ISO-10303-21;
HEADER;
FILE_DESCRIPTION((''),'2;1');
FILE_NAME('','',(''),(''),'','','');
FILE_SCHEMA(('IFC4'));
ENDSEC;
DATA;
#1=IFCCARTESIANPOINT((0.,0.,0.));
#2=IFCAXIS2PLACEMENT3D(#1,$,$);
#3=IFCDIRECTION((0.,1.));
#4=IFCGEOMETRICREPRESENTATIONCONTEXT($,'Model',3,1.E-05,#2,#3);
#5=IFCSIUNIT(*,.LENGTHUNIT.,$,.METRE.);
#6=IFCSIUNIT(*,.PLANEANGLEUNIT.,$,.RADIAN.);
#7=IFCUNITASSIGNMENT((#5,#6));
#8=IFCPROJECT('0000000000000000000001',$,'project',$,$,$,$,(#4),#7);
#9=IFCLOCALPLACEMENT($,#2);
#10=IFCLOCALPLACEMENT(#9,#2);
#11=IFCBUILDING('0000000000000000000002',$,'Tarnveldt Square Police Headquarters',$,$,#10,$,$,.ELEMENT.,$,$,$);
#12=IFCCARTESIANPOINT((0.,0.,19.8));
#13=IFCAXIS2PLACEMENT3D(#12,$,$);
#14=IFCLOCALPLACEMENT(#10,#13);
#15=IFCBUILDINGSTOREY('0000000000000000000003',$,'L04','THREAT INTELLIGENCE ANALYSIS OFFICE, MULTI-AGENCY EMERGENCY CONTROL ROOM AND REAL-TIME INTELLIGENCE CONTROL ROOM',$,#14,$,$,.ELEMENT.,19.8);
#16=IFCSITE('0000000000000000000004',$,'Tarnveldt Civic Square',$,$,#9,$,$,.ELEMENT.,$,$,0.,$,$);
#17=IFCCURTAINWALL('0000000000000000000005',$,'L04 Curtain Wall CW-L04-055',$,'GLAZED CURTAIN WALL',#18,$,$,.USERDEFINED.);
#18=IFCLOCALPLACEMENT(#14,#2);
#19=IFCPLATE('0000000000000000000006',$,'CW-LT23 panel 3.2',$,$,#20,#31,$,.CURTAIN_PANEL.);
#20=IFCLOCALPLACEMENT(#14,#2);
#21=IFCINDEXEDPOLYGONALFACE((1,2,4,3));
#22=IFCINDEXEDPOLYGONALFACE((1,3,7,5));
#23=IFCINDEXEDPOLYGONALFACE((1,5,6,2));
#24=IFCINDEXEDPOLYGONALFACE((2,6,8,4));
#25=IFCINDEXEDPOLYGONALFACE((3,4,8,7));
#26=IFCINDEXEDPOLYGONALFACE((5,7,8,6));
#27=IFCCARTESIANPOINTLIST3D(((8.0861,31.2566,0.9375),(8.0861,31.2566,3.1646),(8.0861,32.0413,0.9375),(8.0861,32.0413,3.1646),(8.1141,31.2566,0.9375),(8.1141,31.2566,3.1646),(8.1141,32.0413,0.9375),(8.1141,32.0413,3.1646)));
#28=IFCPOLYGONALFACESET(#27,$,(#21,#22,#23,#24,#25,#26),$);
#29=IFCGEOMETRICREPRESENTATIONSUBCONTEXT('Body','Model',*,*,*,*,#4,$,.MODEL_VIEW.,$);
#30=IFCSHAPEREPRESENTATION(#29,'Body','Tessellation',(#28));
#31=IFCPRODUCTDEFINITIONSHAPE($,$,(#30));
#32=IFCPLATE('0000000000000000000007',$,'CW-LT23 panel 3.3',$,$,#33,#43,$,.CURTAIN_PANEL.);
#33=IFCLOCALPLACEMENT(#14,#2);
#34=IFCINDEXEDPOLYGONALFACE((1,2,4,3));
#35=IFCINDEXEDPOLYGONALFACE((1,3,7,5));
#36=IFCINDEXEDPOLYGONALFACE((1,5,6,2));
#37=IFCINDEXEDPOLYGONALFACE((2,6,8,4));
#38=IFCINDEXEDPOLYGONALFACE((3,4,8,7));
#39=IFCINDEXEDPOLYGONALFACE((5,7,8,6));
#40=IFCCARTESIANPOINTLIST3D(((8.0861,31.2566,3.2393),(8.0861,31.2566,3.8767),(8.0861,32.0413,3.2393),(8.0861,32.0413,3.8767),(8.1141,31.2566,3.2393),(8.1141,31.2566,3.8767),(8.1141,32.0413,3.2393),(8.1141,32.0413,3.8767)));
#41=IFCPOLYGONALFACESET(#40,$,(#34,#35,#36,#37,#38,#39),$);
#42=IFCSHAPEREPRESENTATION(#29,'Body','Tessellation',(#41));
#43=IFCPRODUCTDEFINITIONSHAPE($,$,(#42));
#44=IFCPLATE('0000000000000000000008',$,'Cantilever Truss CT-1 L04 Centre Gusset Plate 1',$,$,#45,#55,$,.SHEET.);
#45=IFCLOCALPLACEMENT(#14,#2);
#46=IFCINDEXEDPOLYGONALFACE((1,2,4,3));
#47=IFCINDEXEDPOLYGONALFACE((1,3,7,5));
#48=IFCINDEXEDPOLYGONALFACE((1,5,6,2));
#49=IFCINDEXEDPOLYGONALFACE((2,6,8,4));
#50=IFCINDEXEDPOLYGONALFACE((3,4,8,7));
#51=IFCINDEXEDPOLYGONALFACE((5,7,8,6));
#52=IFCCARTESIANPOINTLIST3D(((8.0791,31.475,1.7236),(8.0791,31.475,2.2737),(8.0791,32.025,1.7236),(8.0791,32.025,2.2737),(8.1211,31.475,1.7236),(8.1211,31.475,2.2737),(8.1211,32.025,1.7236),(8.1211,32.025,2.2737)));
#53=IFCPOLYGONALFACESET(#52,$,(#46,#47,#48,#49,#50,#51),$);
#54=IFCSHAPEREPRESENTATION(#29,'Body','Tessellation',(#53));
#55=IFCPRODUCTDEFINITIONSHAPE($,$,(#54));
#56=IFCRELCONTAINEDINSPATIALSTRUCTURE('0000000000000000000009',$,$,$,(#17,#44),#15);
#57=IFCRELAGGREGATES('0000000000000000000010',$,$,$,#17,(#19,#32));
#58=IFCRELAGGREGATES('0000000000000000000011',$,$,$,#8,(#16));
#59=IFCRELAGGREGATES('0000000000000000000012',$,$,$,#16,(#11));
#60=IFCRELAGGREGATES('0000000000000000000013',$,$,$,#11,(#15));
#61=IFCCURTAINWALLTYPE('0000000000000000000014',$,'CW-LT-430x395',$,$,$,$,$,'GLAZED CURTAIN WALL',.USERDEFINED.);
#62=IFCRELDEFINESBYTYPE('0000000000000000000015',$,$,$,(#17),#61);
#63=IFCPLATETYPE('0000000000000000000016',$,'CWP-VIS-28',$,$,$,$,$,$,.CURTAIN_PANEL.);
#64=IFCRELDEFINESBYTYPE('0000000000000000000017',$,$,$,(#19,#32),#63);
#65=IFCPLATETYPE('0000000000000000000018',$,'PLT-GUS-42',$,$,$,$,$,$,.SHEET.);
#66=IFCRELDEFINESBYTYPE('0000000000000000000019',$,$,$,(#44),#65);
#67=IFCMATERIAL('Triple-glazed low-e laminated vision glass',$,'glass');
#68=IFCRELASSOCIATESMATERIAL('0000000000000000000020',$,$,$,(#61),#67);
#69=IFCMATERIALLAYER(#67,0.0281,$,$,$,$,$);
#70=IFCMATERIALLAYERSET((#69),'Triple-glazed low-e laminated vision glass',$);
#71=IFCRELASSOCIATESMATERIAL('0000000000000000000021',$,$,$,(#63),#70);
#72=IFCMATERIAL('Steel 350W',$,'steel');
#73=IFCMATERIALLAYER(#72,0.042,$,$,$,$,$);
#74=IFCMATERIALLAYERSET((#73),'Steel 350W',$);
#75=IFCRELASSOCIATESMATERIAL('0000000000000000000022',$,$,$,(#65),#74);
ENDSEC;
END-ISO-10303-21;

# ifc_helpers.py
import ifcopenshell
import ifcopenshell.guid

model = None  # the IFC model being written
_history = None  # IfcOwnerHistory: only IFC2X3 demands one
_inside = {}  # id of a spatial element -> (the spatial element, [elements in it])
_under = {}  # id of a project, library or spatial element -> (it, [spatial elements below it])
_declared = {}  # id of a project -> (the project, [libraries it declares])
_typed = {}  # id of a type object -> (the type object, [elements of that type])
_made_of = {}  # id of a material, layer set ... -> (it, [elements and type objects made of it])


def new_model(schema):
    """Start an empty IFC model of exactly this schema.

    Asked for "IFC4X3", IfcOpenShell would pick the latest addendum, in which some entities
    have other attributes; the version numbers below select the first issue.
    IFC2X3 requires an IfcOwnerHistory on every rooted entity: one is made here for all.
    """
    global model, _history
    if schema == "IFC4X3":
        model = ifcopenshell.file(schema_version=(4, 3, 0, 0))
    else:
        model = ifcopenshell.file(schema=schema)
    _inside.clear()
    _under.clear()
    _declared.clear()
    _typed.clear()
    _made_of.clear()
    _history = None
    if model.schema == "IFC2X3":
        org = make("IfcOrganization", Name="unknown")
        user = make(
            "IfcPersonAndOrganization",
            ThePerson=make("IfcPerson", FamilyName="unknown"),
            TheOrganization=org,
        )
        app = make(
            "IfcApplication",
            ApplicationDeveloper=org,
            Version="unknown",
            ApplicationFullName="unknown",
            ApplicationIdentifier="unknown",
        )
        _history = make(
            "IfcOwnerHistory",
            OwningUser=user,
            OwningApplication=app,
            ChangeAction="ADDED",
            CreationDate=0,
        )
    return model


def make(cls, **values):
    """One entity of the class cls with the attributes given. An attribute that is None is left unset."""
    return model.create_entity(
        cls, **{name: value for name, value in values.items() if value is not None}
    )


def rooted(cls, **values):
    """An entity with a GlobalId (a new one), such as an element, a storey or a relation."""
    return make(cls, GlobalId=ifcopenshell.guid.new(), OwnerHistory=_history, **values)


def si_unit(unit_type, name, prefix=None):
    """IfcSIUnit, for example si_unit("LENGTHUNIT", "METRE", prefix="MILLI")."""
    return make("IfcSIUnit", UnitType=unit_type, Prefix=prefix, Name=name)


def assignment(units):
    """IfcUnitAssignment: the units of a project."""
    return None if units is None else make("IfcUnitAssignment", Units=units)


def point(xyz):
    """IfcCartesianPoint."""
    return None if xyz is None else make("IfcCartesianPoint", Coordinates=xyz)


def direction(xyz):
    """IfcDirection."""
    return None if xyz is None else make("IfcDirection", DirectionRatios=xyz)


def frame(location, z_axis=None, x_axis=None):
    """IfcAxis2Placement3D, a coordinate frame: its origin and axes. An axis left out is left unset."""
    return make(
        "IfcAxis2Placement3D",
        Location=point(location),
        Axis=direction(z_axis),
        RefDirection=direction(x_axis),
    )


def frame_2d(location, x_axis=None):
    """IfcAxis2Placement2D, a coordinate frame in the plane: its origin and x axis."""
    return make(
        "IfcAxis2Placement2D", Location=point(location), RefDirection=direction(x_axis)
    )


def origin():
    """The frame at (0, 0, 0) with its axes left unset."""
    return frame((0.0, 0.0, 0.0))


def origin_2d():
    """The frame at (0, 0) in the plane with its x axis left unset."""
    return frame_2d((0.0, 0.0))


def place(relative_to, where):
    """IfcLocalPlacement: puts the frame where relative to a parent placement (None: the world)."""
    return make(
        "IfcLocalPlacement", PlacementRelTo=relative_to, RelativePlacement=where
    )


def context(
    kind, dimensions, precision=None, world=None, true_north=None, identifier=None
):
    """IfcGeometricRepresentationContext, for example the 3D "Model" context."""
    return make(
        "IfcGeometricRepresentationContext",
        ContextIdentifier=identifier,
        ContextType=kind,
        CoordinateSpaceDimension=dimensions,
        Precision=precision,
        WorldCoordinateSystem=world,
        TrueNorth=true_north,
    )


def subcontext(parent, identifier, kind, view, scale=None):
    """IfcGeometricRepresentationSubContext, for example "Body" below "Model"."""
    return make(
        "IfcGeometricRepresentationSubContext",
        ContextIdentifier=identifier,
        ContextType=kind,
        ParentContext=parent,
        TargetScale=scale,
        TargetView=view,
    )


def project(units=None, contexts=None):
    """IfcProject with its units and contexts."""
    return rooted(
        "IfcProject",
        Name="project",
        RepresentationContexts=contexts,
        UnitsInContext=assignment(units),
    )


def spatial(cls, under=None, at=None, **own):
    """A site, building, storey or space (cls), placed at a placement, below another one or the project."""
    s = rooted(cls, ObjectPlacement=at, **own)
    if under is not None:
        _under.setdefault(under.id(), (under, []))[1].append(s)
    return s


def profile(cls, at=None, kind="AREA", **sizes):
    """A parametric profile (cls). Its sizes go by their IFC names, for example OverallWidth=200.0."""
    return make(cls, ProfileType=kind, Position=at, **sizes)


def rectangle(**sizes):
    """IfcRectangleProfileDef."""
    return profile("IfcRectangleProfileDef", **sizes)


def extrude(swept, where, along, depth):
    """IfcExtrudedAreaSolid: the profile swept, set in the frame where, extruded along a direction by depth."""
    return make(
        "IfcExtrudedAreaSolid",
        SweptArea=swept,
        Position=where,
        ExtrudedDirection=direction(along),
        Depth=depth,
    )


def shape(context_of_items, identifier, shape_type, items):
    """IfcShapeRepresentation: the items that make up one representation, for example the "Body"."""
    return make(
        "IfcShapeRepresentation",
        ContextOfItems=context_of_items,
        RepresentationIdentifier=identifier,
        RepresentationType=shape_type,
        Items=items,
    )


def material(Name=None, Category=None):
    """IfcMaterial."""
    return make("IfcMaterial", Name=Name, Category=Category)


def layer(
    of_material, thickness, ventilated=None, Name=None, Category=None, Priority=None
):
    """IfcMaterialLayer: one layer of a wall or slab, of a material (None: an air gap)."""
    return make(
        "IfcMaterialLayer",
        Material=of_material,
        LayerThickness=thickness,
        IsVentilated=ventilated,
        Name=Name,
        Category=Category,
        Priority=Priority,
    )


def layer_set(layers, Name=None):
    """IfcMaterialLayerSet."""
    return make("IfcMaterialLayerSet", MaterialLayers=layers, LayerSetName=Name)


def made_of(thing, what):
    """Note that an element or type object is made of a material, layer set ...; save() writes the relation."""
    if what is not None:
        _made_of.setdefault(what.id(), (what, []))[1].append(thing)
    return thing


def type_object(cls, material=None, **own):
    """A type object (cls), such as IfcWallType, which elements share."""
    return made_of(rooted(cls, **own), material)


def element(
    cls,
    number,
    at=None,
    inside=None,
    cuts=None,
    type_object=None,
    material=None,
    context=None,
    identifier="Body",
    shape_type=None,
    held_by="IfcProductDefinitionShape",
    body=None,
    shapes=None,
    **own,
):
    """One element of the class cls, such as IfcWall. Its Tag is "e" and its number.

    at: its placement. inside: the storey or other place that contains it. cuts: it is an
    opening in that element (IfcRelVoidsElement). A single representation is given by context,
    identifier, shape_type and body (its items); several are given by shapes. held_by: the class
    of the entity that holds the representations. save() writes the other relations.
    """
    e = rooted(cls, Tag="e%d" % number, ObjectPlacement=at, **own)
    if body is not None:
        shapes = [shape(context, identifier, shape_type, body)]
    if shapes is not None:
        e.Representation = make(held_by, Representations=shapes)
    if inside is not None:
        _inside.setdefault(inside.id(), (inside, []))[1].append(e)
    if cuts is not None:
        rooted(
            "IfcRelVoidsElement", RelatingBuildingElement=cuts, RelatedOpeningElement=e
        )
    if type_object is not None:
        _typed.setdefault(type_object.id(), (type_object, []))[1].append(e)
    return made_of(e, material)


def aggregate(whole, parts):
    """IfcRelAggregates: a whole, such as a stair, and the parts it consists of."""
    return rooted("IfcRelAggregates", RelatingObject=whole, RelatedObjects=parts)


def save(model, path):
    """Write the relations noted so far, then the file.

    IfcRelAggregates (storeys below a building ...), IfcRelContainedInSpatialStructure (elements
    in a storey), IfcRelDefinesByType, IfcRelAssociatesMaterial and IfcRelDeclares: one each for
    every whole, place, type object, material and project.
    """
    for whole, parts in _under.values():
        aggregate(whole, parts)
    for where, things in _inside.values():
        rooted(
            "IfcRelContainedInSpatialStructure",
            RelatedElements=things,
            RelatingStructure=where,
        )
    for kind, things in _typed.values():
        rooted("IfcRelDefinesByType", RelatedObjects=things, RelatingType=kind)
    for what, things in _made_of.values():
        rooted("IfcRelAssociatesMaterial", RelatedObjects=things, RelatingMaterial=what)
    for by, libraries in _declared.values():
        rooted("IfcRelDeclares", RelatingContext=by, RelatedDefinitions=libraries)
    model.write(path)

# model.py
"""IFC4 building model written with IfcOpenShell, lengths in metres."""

from ifc_helpers import new_model, si_unit, direction, frame, origin, origin_2d, place, context, subcontext, project, spatial, rectangle, extrude, material, layer, layer_set, type_object, element, aggregate, save


model = new_model("IFC4")

# Units and contexts
model_context = context("Model", 3, precision=1e-05, world=origin(), true_north=direction((0.0, 1.0)))
body_context = subcontext(model_context, "Body", "Model", "MODEL_VIEW")
ifc_project = project(units=[si_unit("LENGTHUNIT", "METRE"), si_unit("PLANEANGLEUNIT", "RADIAN")], contexts=[model_context])

# Site, building, storey
site_placement = place(None, origin())
site = spatial("IfcSite", under=ifc_project, at=site_placement, Name="Tarnveldt Civic Square", CompositionType="ELEMENT", RefElevation=0.0)
building_placement = place(site_placement, origin())
building = spatial("IfcBuilding", under=site, at=building_placement, Name="Tarnveldt Square Police Headquarters", CompositionType="ELEMENT")
storey_placement = place(building_placement, frame((0.0, 0.0, 19.8)))
storey = spatial("IfcBuildingStorey", under=building, at=storey_placement, Name="L04", Description="THREAT INTELLIGENCE ANALYSIS OFFICE, MULTI-AGENCY EMERGENCY CONTROL ROOM AND REAL-TIME INTELLIGENCE CONTROL ROOM", CompositionType="ELEMENT", Elevation=19.8)

# Shared definitions
ifc_material_1 = material(Name="Steel 350W", Category="steel")

# Shared definitions
ifc_material_2 = material(Name="Triple-glazed low-e laminated vision glass", Category="glass")

# Curtain wall
curtain_wall_type_1 = type_object("IfcCurtainWallType", Name="CW-LT-430x395", ElementType="GLAZED CURTAIN WALL", PredefinedType="USERDEFINED", material=ifc_material_2)
curtain_wall_1_placement = place(storey_placement, origin())
curtain_wall_1 = element("IfcCurtainWall", 1, at=curtain_wall_1_placement, inside=storey, type_object=curtain_wall_type_1, Name="L04 Curtain Wall CW-L04-055", ObjectType="GLAZED CURTAIN WALL", PredefinedType="USERDEFINED")

# Plates
ifc_layer_1 = layer(ifc_material_2, 0.0281)
ifc_layer_set_1 = layer_set([ifc_layer_1], Name="Triple-glazed low-e laminated vision glass")
plate_type_1 = type_object("IfcPlateType", Name="CWP-VIS-28", PredefinedType="CURTAIN_PANEL", material=ifc_layer_set_1)
plate_1_placement = place(storey_placement, frame((8.1001, 31.6489, 0.9375), z_axis=(0.0, 0.0, 1.0), x_axis=(0.0, 1.0, 0.0)))
plate_1 = element("IfcPlate", 2, at=plate_1_placement, type_object=plate_type_1, Name="CW-LT23 panel 3.2", PredefinedType="CURTAIN_PANEL", context=body_context, shape_type="SweptSolid", body=[
    extrude(rectangle(XDim=0.7847, YDim=0.0281, at=origin_2d()), origin(), (0.0, 0.0, 1.0), 2.2271),
])
plate_2_placement = place(storey_placement, frame((8.1001, 31.6489, 3.2393), z_axis=(0.0, 0.0, 1.0), x_axis=(0.0, 1.0, 0.0)))
plate_2 = element("IfcPlate", 3, at=plate_2_placement, type_object=plate_type_1, Name="CW-LT23 panel 3.3", PredefinedType="CURTAIN_PANEL", context=body_context, shape_type="SweptSolid", body=[
    extrude(rectangle(XDim=0.7847, YDim=0.0281, at=origin_2d()), origin(), (0.0, 0.0, 1.0), 0.6375),
])
aggregate(curtain_wall_1, [plate_1, plate_2])
ifc_layer_2 = layer(ifc_material_1, 0.042)
ifc_layer_set_2 = layer_set([ifc_layer_2], Name="Steel 350W")
plate_type_2 = type_object("IfcPlateType", Name="PLT-GUS-42", PredefinedType="SHEET", material=ifc_layer_set_2)
plate_3_placement = place(storey_placement, frame((8.1001, 31.75, 1.7236), z_axis=(0.0, 0.0, 1.0), x_axis=(1.0, 0.0, 0.0)))
element("IfcPlate", 4, at=plate_3_placement, inside=storey, type_object=plate_type_2, Name="Cantilever Truss CT-1 L04 Centre Gusset Plate 1", PredefinedType="SHEET", context=body_context, shape_type="SweptSolid", body=[
    extrude(rectangle(XDim=0.042, YDim=0.55, at=origin_2d()), origin(), (0.0, 0.0, 1.0), 0.55),
])

save(model, "model.ifc")
